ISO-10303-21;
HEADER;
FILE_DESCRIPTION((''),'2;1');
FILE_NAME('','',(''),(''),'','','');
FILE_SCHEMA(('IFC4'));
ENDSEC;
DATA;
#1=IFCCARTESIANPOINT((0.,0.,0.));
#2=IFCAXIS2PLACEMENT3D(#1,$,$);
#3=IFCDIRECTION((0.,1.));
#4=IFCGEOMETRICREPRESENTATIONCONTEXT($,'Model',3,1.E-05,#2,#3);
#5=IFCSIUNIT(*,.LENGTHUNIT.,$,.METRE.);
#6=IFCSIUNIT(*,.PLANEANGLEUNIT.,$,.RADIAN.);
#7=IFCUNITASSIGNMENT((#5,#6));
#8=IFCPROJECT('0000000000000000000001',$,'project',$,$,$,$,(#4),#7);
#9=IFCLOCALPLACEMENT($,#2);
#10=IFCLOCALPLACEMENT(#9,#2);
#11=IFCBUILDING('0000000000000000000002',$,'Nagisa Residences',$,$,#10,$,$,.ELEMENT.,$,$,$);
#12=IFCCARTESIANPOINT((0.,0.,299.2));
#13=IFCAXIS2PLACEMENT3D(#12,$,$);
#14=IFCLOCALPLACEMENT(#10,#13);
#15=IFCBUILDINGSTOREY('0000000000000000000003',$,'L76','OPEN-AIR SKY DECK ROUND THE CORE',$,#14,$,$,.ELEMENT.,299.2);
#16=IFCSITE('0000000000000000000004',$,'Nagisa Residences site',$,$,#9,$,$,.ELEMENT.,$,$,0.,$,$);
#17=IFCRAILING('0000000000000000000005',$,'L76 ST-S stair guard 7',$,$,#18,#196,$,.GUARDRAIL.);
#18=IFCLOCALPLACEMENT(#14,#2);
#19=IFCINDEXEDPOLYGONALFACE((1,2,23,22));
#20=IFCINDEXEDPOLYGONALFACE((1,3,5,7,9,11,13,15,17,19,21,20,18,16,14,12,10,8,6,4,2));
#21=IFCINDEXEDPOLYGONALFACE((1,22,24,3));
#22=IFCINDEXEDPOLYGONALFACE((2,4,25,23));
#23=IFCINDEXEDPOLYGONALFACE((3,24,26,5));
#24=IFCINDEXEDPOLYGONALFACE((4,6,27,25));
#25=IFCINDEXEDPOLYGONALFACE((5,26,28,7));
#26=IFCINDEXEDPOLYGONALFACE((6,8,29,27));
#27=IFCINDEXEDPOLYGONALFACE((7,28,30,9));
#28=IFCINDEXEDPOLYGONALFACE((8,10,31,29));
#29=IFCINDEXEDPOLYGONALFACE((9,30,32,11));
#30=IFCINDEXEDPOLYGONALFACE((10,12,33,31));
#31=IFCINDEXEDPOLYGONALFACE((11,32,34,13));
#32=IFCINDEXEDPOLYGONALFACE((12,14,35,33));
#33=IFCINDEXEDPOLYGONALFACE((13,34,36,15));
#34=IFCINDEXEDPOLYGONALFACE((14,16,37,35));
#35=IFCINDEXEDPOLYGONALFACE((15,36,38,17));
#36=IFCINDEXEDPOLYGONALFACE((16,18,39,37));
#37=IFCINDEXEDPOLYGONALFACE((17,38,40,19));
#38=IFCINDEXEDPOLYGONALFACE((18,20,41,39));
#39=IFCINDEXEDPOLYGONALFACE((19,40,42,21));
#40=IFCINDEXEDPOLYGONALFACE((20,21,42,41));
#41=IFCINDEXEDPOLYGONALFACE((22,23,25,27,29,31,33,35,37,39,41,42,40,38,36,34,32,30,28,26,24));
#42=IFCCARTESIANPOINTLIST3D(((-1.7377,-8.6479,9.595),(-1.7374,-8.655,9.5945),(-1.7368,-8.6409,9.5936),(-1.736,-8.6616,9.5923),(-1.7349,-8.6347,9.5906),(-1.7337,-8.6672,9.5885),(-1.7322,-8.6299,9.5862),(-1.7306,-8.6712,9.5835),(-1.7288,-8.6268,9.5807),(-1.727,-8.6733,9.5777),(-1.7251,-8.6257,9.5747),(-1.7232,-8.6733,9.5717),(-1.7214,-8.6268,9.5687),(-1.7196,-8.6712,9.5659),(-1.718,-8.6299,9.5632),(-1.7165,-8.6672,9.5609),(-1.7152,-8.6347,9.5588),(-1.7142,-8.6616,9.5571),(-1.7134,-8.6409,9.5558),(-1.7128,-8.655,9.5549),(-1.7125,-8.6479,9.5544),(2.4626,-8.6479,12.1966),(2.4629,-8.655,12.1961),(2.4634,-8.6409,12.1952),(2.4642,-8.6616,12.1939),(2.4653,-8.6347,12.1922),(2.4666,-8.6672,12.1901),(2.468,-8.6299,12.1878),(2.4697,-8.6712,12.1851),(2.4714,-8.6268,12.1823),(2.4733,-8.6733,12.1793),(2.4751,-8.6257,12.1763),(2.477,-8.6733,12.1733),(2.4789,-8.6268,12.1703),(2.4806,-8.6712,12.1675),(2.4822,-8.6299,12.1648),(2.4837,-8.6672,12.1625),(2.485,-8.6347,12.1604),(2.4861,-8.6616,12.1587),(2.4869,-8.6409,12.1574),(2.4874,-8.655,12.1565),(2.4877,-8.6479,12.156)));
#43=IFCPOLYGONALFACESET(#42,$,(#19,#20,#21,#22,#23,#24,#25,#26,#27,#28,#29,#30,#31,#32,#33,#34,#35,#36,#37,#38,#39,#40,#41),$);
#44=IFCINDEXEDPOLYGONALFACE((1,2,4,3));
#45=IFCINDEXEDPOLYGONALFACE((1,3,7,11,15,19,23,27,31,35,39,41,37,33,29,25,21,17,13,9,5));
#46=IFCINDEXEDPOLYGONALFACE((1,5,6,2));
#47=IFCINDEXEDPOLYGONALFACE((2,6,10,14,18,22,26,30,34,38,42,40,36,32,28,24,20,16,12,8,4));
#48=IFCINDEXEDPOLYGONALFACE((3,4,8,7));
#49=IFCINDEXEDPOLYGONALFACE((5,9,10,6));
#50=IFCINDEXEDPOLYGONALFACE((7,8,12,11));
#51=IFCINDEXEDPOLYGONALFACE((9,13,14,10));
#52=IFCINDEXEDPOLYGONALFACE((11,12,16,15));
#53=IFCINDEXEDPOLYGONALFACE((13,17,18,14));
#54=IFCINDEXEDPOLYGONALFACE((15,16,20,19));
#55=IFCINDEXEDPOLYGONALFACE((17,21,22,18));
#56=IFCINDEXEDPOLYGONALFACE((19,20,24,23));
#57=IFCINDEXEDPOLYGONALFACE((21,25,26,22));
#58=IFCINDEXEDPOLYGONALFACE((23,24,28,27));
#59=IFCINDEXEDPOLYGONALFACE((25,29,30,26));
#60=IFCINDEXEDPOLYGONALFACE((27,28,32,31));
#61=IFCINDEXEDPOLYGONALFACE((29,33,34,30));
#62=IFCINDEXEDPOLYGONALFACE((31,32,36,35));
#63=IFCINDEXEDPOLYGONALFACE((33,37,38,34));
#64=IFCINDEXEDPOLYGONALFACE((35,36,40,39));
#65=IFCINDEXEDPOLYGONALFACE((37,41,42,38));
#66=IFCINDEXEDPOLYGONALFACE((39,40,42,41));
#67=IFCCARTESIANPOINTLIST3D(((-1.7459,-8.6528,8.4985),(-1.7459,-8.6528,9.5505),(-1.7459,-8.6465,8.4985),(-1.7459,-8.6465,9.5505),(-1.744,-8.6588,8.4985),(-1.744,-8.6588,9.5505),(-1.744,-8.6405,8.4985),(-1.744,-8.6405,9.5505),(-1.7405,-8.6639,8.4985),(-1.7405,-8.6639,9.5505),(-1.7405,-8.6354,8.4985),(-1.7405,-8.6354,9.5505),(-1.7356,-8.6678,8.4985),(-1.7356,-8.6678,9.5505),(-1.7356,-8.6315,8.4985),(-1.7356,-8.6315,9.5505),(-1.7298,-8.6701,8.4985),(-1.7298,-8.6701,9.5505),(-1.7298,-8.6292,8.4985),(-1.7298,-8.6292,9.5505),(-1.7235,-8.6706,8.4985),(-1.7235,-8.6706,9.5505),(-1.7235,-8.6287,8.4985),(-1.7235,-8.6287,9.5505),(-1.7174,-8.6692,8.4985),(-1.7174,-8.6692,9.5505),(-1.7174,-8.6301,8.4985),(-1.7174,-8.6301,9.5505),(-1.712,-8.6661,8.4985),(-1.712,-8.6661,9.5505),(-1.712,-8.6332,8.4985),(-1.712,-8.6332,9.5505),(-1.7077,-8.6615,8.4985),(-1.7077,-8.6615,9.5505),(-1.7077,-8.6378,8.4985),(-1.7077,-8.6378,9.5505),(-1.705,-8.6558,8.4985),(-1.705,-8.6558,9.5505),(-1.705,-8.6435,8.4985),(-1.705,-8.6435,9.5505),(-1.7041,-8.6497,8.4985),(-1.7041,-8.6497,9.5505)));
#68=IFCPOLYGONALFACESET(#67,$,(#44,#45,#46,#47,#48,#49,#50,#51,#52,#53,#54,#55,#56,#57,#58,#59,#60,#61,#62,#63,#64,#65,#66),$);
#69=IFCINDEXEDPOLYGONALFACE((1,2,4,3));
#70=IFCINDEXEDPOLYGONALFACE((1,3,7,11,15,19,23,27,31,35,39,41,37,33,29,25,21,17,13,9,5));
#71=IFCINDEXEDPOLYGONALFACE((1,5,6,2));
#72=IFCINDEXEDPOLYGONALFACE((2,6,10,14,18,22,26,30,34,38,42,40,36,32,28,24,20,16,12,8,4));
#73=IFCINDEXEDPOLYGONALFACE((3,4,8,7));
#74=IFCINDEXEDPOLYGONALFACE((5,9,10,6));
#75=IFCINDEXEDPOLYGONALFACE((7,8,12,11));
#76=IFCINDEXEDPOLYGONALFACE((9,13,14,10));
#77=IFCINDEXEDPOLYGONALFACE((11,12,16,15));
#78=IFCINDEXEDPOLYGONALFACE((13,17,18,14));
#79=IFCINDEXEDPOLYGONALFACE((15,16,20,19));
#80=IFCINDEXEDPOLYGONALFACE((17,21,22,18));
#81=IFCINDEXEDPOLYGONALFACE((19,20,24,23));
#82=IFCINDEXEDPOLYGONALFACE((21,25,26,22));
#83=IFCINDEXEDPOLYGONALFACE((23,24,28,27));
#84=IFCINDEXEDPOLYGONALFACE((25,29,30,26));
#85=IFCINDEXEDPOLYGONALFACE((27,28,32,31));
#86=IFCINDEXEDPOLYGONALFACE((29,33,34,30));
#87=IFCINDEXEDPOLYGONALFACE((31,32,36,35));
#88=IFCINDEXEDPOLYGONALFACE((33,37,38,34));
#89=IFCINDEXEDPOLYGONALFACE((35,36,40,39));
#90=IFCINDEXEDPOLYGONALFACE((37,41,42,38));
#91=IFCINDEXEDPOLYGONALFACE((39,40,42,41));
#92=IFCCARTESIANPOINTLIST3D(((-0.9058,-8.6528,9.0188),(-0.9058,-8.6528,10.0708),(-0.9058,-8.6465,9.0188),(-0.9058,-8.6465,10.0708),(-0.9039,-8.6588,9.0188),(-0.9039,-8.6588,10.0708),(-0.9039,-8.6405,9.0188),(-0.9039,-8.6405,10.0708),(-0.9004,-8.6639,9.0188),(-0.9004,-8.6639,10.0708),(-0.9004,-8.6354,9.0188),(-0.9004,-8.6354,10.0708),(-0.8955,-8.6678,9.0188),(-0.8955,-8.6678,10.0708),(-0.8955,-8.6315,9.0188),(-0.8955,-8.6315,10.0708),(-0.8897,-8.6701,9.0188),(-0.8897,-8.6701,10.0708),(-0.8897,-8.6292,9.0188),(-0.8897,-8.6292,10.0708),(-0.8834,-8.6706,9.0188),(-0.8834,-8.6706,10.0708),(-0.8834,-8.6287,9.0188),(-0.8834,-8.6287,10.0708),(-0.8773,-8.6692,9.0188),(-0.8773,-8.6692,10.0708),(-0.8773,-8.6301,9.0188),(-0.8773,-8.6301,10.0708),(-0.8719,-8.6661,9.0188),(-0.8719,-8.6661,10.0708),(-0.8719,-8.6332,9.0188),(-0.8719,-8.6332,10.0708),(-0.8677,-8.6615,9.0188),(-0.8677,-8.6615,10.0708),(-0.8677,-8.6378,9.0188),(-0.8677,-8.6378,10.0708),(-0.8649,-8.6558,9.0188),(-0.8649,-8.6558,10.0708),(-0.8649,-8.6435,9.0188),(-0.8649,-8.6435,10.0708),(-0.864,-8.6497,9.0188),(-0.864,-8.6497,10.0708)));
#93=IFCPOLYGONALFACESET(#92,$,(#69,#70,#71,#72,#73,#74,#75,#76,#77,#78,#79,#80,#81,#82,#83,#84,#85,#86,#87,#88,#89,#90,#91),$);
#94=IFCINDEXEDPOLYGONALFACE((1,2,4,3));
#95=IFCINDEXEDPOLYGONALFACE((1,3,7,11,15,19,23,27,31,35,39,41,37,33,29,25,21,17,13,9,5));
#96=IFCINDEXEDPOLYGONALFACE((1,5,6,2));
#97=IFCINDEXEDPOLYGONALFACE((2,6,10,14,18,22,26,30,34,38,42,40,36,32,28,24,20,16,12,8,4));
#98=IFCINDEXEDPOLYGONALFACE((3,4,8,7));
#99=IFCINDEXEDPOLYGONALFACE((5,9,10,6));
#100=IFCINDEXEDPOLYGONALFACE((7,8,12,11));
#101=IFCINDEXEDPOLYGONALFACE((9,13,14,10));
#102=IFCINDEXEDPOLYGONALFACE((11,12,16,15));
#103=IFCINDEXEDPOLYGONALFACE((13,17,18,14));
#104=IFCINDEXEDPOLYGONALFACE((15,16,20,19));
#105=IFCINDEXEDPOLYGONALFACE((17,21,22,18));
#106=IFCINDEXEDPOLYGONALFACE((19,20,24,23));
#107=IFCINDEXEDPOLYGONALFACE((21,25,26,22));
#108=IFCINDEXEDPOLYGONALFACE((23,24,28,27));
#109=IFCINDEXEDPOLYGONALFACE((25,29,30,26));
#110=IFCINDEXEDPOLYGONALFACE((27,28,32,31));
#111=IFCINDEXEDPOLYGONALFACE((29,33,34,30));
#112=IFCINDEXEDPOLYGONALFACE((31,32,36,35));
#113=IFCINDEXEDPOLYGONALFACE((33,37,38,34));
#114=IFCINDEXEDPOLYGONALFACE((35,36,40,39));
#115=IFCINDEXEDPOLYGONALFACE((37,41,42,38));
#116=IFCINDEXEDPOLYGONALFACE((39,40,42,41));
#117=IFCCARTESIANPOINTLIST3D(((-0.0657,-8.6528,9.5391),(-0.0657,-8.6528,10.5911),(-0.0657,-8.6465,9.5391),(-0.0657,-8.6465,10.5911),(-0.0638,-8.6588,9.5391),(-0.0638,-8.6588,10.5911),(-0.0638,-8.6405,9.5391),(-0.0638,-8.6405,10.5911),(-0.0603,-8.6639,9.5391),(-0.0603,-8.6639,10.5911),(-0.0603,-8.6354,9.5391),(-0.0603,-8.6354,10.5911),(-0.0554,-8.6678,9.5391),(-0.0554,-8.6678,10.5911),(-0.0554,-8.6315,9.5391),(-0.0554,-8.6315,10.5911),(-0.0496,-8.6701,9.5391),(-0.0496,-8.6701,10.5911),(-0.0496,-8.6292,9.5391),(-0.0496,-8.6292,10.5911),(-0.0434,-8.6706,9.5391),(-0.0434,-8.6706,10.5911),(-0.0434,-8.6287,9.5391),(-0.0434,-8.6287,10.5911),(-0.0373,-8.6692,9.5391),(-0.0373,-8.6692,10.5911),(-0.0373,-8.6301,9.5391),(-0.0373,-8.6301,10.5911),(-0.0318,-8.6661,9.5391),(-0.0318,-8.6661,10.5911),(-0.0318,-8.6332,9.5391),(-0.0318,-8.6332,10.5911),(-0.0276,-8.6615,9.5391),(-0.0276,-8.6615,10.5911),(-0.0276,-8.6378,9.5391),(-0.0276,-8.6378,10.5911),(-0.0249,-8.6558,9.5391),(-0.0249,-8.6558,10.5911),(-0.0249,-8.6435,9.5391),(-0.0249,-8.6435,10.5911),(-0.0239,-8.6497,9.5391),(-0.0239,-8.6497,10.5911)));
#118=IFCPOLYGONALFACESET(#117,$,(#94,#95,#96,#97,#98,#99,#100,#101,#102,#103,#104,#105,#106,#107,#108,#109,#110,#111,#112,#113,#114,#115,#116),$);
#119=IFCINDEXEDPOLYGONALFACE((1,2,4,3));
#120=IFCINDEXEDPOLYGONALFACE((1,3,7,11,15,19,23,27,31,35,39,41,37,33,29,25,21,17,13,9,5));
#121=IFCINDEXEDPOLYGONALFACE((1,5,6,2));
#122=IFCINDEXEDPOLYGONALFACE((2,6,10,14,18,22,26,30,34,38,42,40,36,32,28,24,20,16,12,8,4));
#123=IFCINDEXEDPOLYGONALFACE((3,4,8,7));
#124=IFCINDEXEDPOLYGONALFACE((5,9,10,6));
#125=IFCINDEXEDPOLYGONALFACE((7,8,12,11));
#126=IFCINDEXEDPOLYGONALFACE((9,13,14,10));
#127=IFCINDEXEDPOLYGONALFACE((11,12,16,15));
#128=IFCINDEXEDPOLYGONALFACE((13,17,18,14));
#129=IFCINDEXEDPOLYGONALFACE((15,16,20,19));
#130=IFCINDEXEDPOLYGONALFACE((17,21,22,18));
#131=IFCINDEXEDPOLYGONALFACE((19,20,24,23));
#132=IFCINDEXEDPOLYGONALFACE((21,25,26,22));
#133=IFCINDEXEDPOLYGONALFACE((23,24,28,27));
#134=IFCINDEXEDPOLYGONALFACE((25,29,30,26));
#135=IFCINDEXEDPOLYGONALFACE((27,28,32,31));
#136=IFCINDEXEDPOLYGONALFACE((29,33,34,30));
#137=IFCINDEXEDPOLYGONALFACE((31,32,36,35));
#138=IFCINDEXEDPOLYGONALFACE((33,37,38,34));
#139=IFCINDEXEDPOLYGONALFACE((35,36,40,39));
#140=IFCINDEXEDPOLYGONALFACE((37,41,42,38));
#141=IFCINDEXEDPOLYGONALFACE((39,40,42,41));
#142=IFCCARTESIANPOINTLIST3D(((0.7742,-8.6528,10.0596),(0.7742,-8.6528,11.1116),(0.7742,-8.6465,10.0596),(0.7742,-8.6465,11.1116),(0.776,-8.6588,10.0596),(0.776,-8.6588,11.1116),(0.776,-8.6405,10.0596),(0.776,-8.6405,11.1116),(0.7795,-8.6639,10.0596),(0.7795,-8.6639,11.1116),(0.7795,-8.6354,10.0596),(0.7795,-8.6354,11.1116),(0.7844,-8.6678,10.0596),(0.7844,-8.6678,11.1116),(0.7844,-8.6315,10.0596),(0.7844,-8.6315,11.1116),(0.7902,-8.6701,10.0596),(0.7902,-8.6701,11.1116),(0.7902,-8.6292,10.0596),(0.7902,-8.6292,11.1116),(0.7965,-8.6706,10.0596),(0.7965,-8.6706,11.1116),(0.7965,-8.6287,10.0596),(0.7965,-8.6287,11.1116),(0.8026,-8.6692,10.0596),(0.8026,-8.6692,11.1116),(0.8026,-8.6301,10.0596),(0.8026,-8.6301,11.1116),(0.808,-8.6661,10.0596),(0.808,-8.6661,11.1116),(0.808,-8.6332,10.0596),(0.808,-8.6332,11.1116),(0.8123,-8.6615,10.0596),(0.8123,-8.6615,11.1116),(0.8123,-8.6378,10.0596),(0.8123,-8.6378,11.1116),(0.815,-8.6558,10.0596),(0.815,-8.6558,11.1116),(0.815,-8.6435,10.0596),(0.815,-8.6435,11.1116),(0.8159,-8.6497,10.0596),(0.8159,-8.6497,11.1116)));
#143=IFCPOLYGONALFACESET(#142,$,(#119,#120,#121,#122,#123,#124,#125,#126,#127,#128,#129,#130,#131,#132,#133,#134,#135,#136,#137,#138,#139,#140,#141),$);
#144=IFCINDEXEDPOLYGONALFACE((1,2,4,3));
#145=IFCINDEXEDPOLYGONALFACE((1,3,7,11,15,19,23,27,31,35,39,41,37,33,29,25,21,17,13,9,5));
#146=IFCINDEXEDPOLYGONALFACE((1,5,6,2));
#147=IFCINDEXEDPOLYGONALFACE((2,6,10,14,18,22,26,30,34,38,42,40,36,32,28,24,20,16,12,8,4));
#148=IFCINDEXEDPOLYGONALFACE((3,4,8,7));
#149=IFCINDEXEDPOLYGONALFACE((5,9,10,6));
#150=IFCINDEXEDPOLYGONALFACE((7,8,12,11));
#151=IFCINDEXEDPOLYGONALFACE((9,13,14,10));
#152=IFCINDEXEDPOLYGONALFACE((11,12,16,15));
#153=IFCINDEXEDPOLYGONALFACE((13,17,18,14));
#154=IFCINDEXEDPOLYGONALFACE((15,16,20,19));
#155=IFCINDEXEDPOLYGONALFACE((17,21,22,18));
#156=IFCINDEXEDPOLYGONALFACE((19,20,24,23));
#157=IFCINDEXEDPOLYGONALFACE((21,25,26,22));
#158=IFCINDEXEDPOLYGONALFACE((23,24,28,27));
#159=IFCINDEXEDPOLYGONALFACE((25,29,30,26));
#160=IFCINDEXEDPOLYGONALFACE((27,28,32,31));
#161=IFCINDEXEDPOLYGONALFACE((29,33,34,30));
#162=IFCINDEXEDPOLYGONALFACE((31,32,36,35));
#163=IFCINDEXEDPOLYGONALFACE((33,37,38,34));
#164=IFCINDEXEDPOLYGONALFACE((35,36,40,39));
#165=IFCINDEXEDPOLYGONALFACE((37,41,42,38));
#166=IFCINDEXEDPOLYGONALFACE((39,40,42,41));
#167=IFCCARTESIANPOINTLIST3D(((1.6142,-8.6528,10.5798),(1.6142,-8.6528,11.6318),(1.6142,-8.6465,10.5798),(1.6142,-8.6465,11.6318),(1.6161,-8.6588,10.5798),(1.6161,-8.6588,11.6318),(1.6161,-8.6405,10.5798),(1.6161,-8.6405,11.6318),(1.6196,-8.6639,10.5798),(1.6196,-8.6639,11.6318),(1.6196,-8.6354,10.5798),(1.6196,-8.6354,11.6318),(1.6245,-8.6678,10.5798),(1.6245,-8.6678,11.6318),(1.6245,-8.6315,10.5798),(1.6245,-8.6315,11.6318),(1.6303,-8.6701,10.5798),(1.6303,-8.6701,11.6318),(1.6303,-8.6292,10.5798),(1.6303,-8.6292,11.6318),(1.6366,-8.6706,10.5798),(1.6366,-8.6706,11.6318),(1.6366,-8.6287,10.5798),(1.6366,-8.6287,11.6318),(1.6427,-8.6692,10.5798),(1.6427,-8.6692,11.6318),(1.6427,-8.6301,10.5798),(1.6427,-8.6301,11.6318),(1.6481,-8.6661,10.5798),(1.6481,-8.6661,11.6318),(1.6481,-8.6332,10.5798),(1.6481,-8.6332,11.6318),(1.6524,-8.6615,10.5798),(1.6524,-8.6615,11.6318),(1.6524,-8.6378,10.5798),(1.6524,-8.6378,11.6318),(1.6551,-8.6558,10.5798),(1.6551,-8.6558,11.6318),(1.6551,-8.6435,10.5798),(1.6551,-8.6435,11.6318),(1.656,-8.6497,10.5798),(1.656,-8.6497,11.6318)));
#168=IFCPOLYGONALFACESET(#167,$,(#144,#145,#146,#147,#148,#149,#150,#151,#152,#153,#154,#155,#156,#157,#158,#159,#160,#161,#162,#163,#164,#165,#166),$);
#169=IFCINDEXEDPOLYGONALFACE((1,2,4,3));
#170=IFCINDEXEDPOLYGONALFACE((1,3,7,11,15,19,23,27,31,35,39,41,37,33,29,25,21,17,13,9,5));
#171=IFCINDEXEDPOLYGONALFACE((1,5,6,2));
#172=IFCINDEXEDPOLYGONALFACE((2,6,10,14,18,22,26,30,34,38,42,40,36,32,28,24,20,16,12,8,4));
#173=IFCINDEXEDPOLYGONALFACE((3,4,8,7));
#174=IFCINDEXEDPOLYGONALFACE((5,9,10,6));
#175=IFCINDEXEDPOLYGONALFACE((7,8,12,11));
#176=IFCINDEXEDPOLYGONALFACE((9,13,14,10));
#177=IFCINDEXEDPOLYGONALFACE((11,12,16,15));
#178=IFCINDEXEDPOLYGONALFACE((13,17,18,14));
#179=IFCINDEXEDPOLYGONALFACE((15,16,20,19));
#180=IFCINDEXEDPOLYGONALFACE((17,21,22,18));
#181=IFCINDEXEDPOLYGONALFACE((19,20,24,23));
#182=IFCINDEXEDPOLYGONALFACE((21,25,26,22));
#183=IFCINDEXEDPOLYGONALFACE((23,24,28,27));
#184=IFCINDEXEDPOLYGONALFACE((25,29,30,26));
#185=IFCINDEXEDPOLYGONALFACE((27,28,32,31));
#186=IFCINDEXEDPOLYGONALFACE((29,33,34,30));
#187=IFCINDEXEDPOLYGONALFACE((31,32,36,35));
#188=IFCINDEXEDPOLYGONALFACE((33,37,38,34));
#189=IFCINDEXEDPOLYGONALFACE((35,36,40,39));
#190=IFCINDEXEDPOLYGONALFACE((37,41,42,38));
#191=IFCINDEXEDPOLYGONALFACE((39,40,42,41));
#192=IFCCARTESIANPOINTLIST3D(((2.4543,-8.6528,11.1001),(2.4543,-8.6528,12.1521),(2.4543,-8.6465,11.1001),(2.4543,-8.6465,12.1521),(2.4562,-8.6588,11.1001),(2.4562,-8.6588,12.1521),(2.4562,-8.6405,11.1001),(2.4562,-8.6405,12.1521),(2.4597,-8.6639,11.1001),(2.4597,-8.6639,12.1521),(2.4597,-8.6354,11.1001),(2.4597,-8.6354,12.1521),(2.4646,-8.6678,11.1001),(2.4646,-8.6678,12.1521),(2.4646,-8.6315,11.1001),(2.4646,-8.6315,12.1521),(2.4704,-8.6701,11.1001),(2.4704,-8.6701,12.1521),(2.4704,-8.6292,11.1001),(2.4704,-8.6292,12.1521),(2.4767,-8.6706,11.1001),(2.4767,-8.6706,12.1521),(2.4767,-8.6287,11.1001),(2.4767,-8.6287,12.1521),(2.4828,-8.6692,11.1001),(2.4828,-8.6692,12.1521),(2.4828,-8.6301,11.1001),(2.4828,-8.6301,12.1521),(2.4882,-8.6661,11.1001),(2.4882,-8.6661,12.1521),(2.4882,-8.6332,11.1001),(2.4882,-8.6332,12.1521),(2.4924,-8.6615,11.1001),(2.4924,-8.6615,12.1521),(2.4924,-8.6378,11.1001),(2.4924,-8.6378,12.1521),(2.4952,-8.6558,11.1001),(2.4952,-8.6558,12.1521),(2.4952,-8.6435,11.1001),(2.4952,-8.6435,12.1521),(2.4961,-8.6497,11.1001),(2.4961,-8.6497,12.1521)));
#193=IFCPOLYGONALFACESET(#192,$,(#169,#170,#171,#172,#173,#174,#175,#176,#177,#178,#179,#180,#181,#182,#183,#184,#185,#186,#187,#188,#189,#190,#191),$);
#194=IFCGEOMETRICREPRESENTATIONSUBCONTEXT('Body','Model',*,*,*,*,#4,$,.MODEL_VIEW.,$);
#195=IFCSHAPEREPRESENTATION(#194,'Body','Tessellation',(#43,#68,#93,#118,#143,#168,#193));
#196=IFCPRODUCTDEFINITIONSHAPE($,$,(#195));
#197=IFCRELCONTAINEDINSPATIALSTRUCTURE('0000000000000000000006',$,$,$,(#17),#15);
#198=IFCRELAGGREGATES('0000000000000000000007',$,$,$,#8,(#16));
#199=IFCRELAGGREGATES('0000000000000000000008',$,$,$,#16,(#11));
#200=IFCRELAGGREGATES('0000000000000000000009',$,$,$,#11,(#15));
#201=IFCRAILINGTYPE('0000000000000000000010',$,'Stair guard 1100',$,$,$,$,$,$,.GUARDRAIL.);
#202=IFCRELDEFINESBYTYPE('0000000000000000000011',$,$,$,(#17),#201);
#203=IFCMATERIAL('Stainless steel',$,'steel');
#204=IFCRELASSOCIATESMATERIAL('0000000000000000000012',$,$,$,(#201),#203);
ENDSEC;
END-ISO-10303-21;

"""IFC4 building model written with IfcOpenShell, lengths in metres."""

from ifc_helpers import new_model, si_unit, direction, frame, origin, origin_2d, place, context, subcontext, project, spatial, circle, extrude, material, type_object, element, save


model = new_model("IFC4")

# Units and contexts
model_context = context("Model", 3, precision=1e-05, world=origin(), true_north=direction((0.0, 1.0)))
body_context = subcontext(model_context, "Body", "Model", "MODEL_VIEW")
ifc_project = project(units=[si_unit("LENGTHUNIT", "METRE"), si_unit("PLANEANGLEUNIT", "RADIAN")], contexts=[model_context])

# Site, building, storey
site_placement = place(None, origin())
site = spatial("IfcSite", under=ifc_project, at=site_placement, Name="Nagisa Residences site", CompositionType="ELEMENT", RefElevation=0.0)
building_placement = place(site_placement, origin())
building = spatial("IfcBuilding", under=site, at=building_placement, Name="Nagisa Residences", CompositionType="ELEMENT")
storey_placement = place(building_placement, frame((0.0, 0.0, 299.2)))
storey = spatial("IfcBuildingStorey", under=building, at=storey_placement, Name="L76", Description="OPEN-AIR SKY DECK ROUND THE CORE", CompositionType="ELEMENT", Elevation=299.2)

# Railing
ifc_material_1 = material(Name="Stainless steel", Category="steel")
railing_type_1 = type_object("IfcRailingType", Name="Stair guard 1100", PredefinedType="GUARDRAIL", material=ifc_material_1)
railing_1_placement = place(storey_placement, frame((-1.7251, -8.6497, 8.4985)))
element("IfcRailing", 1, at=railing_1_placement, inside=storey, type_object=railing_type_1, Name="L76 ST-S stair guard 7", PredefinedType="GUARDRAIL", context=body_context, shape_type="SweptSolid", body=[
    extrude(circle(Radius=0.0239, at=origin_2d()), frame((0.0, 0.0, 1.0762), z_axis=(0.850135, 0.0, 0.526566), x_axis=(0.0, 1.0, 0.0)), (0.0, 0.0, 1.0), 4.9407),
    extrude(circle(Radius=0.021, at=origin_2d()), origin(), (0.0, 0.0, 1.0), 1.052),
    extrude(circle(Radius=0.021, at=origin_2d()), frame((0.8401, 0.0, 0.5203)), (0.0, 0.0, 1.0), 1.052),
    extrude(circle(Radius=0.021, at=origin_2d()), frame((1.6802, 0.0, 1.0405)), (0.0, 0.0, 1.0), 1.052),
    extrude(circle(Radius=0.021, at=origin_2d()), frame((2.52, 0.0, 1.561)), (0.0, 0.0, 1.0), 1.052),
    extrude(circle(Radius=0.021, at=origin_2d()), frame((3.3601, 0.0, 2.0813)), (0.0, 0.0, 1.0), 1.052),
    extrude(circle(Radius=0.021, at=origin_2d()), frame((4.2002, 0.0, 2.6016)), (0.0, 0.0, 1.0), 1.052),
])

save(model, "model.ifc")
